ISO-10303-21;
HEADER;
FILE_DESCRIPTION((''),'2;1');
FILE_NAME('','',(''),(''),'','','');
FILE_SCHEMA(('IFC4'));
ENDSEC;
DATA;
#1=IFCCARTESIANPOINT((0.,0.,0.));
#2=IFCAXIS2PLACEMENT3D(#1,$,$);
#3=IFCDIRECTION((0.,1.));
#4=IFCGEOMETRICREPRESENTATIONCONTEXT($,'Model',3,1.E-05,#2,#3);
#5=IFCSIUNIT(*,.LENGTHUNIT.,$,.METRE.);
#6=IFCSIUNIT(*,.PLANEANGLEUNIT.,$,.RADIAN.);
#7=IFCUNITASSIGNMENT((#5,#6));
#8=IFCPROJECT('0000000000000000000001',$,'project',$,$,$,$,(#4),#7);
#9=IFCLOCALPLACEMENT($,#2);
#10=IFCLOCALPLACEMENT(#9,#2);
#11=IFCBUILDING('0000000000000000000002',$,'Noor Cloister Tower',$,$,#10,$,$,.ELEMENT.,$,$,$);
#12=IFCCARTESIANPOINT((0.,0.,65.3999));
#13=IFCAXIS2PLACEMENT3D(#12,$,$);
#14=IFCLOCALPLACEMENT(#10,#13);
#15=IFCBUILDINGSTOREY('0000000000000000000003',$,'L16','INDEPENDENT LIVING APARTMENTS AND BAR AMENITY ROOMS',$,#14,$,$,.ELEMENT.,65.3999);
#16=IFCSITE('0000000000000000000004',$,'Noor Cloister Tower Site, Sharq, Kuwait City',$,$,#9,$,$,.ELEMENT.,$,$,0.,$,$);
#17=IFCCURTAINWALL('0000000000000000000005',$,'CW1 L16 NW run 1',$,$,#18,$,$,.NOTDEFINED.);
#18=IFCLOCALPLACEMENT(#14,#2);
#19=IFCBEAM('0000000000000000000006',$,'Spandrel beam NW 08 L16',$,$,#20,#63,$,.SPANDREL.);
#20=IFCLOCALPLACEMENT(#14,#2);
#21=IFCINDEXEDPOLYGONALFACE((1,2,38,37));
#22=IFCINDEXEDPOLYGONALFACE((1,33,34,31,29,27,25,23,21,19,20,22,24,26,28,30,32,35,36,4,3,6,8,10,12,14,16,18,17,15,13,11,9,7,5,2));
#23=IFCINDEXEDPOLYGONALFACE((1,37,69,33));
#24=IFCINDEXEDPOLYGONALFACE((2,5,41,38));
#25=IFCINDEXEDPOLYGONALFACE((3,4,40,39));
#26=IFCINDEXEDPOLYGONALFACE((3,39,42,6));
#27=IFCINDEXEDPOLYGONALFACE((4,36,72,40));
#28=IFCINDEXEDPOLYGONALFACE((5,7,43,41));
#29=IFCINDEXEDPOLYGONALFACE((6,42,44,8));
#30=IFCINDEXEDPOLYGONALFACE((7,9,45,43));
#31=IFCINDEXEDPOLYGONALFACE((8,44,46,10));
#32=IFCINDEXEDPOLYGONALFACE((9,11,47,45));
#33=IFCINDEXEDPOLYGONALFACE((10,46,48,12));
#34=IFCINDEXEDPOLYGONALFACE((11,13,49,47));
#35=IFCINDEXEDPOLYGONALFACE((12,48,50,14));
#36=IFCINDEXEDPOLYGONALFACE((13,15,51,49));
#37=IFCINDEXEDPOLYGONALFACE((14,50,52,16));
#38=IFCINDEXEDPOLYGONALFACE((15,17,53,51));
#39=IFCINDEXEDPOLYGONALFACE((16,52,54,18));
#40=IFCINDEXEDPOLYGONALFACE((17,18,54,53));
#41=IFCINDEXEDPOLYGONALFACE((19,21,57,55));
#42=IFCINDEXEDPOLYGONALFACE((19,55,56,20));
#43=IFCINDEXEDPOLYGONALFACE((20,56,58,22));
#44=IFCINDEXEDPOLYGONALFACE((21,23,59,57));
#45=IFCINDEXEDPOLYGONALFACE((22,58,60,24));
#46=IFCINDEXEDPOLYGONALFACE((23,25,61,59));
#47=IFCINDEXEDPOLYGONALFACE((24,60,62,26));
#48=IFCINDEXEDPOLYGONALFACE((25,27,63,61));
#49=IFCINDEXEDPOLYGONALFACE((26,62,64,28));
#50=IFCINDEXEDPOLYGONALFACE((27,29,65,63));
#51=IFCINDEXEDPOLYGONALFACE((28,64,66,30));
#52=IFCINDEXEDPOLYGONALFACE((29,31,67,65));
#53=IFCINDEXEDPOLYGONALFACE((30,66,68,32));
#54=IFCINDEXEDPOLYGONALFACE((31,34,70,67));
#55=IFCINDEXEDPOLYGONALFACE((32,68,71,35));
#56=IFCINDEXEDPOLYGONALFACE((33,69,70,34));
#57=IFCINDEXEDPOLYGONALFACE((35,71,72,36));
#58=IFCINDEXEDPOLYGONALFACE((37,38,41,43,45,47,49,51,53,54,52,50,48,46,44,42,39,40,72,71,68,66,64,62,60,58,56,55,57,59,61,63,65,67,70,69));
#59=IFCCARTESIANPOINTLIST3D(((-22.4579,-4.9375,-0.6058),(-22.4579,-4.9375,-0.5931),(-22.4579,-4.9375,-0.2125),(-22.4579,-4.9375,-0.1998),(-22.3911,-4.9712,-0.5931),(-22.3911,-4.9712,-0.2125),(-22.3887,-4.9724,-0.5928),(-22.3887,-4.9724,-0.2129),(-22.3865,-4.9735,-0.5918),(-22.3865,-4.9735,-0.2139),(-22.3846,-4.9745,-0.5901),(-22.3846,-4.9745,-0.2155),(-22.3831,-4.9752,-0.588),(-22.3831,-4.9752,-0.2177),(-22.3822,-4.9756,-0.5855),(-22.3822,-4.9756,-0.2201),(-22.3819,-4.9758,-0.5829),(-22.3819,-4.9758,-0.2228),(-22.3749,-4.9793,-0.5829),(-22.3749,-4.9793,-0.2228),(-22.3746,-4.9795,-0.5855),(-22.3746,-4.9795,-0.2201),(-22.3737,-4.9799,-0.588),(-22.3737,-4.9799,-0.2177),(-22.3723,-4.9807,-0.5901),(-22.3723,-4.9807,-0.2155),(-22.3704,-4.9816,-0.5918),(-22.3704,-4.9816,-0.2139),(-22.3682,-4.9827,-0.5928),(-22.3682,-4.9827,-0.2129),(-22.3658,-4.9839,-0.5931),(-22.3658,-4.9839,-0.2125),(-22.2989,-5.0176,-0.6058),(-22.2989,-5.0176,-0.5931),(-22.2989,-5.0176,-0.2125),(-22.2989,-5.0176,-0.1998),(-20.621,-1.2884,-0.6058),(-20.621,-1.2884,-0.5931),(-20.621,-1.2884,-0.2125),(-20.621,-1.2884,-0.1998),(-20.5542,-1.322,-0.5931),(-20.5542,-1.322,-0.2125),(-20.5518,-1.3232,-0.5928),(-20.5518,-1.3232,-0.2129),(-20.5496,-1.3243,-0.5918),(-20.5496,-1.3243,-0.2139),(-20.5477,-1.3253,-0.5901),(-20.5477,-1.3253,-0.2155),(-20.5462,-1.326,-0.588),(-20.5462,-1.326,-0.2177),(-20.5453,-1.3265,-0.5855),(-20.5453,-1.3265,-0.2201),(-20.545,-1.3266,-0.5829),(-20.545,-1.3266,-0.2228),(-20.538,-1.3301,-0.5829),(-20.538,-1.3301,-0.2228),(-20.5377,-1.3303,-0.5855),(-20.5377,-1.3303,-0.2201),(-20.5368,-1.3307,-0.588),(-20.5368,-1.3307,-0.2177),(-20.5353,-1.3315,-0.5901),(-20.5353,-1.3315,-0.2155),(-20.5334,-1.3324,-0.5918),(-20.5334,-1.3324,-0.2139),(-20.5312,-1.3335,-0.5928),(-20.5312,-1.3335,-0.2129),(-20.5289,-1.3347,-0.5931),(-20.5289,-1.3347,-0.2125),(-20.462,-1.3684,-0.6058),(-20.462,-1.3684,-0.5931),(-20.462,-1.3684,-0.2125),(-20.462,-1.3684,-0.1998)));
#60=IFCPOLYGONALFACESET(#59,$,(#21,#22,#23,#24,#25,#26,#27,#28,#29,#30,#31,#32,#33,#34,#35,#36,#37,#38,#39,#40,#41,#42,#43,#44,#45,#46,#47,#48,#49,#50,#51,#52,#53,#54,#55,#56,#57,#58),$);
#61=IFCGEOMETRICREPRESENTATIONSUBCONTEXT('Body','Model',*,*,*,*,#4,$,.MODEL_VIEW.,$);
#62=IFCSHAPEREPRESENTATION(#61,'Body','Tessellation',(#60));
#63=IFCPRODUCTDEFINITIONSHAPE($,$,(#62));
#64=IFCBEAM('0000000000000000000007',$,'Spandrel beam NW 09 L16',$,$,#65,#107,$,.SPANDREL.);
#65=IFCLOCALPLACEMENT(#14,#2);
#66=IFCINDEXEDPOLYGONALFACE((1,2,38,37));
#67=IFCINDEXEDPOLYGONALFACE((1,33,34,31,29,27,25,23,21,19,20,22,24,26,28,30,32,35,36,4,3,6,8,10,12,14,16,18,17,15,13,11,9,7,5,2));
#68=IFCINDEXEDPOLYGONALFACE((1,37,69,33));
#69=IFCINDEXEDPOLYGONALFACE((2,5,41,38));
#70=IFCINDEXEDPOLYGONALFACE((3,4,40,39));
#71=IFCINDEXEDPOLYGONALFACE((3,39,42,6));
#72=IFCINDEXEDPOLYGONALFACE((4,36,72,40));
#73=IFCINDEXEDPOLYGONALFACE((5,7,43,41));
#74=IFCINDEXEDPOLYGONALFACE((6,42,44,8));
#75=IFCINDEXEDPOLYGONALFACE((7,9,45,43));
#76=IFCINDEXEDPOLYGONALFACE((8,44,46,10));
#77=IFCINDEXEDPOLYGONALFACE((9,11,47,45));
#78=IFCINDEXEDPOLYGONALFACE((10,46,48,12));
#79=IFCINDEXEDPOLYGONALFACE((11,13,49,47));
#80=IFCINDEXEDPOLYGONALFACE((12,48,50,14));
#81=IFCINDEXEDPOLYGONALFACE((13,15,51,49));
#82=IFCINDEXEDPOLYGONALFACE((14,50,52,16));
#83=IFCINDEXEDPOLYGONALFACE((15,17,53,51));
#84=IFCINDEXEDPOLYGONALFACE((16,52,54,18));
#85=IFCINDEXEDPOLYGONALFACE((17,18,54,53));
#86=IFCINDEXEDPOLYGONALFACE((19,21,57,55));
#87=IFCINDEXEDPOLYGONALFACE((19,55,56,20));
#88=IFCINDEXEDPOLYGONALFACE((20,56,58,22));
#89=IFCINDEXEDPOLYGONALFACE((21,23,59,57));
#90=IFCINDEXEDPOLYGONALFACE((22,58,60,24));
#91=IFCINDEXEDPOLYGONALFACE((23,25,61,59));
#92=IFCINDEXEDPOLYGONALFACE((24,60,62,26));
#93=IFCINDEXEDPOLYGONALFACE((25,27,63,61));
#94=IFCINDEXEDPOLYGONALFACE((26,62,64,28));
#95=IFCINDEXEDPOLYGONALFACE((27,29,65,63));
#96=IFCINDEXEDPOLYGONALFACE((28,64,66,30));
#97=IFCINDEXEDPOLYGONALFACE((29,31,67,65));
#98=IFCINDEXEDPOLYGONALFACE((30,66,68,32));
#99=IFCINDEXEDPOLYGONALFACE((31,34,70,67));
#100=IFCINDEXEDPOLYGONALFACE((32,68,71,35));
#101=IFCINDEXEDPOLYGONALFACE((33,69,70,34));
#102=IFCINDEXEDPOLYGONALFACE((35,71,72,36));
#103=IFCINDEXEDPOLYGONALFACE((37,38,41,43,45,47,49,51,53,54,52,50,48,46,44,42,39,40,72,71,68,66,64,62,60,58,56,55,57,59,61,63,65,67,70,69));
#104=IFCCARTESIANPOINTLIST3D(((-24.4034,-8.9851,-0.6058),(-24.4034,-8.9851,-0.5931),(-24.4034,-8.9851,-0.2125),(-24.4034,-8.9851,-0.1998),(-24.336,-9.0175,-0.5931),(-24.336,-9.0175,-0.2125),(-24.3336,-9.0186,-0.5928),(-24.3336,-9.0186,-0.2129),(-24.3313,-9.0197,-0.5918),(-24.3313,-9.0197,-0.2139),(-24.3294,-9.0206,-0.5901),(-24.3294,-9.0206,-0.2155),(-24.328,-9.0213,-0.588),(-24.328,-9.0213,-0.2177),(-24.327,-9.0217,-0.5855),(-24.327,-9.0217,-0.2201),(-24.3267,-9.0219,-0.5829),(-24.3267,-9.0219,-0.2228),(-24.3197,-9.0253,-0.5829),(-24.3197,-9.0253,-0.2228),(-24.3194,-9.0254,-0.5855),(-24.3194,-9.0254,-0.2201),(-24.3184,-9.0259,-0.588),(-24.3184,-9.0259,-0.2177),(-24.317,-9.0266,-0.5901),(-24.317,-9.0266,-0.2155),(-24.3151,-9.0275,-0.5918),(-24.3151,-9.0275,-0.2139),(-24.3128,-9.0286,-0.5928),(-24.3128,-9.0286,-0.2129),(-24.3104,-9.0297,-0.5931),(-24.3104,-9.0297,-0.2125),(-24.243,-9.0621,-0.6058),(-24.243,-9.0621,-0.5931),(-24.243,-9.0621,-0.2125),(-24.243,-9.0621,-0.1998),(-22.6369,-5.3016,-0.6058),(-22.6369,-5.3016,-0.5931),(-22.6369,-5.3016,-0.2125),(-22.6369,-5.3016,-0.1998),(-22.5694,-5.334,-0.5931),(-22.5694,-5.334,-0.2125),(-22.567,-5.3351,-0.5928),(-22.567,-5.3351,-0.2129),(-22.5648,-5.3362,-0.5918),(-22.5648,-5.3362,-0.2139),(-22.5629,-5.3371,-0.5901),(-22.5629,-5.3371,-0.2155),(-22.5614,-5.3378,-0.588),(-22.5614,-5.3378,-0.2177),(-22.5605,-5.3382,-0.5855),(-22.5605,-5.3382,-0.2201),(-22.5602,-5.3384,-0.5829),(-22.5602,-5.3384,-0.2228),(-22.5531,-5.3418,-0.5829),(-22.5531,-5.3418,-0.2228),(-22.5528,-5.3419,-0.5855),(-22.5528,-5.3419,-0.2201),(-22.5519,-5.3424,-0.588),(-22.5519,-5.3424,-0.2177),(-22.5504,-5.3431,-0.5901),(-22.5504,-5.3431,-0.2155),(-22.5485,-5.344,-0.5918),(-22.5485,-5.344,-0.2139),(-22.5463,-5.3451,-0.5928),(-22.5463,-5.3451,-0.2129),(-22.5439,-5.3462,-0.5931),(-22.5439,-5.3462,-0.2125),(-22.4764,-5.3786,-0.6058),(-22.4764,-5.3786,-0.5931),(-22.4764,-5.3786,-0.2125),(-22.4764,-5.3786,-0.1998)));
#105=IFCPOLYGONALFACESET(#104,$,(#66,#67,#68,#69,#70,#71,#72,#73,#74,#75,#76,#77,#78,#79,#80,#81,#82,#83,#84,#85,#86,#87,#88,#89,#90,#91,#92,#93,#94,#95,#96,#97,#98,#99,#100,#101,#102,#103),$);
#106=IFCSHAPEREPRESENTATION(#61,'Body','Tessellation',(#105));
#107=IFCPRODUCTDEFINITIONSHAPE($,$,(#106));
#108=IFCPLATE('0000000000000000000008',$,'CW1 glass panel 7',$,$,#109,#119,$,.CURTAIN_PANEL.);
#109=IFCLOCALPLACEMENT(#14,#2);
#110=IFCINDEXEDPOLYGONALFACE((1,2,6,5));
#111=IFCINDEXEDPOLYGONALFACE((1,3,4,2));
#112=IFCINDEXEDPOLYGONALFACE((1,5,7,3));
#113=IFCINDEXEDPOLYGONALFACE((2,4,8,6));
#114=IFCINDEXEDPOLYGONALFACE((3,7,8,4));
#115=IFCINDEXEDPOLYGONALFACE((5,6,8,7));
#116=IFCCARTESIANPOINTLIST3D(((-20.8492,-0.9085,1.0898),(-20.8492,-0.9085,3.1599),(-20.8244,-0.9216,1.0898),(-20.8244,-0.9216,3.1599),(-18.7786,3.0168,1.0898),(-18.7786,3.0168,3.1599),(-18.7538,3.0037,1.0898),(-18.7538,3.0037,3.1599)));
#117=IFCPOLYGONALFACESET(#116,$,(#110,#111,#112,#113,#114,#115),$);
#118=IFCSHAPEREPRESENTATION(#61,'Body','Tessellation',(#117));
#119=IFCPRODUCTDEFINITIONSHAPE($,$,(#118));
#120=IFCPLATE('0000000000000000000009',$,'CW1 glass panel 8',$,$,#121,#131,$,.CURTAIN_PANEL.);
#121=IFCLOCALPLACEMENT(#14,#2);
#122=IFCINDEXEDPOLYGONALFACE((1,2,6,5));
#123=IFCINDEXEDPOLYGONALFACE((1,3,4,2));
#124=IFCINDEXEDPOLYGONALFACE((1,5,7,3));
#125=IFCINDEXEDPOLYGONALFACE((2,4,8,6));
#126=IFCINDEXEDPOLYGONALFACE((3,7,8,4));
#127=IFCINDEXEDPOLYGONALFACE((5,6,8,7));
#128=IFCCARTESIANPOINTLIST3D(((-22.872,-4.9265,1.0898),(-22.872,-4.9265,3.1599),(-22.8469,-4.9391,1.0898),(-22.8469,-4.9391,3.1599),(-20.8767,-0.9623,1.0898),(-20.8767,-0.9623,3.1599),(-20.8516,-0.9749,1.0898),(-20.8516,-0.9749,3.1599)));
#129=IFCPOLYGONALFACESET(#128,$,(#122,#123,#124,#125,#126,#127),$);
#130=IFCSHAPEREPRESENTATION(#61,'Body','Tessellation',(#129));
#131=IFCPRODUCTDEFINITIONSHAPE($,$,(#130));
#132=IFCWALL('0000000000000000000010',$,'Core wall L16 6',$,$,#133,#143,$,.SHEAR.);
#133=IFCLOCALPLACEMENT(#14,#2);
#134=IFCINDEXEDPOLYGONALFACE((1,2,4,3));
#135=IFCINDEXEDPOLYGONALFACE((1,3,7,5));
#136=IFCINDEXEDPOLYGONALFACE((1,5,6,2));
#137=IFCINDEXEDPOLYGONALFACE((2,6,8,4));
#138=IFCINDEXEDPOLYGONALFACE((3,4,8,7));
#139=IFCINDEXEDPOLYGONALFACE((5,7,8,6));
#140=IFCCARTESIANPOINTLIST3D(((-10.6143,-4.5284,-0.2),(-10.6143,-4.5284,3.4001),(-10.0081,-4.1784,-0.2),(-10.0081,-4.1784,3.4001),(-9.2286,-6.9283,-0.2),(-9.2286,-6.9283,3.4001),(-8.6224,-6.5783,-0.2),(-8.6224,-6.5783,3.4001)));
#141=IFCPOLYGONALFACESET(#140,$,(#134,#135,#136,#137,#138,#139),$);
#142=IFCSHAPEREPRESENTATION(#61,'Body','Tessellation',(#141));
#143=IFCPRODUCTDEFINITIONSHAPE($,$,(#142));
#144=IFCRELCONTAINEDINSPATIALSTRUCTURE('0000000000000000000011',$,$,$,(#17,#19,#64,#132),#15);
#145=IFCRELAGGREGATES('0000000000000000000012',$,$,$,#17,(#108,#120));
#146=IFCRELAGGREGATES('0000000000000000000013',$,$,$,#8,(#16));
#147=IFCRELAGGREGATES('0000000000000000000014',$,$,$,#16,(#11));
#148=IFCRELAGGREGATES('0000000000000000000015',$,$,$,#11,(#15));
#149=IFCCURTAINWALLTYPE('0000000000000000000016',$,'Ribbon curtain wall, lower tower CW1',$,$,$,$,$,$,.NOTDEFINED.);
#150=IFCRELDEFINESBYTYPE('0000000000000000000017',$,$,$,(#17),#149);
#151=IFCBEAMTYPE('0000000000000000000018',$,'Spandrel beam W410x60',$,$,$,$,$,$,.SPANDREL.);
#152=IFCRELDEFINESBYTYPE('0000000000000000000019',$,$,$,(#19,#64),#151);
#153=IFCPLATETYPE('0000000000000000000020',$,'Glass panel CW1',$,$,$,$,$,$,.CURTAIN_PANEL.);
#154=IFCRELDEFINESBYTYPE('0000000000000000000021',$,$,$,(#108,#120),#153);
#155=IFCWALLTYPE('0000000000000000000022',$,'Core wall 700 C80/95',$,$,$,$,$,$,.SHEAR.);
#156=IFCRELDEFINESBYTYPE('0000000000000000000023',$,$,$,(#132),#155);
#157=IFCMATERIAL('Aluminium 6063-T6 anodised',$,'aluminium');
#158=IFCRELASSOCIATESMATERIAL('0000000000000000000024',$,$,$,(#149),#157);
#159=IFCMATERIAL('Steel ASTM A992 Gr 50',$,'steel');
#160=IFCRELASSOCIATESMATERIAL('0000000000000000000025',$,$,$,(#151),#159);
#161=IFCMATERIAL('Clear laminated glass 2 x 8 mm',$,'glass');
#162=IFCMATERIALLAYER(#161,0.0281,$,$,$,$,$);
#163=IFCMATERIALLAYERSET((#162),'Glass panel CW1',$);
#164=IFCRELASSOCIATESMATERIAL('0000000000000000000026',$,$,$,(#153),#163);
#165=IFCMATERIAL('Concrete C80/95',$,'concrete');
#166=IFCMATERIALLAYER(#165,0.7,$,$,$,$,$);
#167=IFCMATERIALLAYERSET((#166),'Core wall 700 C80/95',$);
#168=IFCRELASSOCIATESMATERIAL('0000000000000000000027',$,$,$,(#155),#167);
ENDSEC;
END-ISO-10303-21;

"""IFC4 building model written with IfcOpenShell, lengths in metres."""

from ifc_helpers import new_model, si_unit, direction, frame, frame_2d, origin, origin_2d, place, context, subcontext, project, spatial, rectangle, i_section, extrude, material, layer, layer_set, material_profile, profile_set, type_object, element, aggregate, save


model = new_model("IFC4")

# Units and contexts
model_context = context("Model", 3, precision=1e-05, world=origin(), true_north=direction((0.0, 1.0)))
body_context = subcontext(model_context, "Body", "Model", "MODEL_VIEW")
ifc_project = project(units=[si_unit("LENGTHUNIT", "METRE"), si_unit("PLANEANGLEUNIT", "RADIAN")], contexts=[model_context])

# Site, building, storey
site_placement = place(None, origin())
site = spatial("IfcSite", under=ifc_project, at=site_placement, Name="Noor Cloister Tower Site, Sharq, Kuwait City", CompositionType="ELEMENT", RefElevation=0.0)
building_placement = place(site_placement, origin())
building = spatial("IfcBuilding", under=site, at=building_placement, Name="Noor Cloister Tower", CompositionType="ELEMENT")
storey_placement = place(building_placement, frame((0.0, 0.0, 65.3999)))
storey = spatial("IfcBuildingStorey", under=building, at=storey_placement, Name="L16", Description="INDEPENDENT LIVING APARTMENTS AND BAR AMENITY ROOMS", CompositionType="ELEMENT", Elevation=65.3999)

# Curtain wall
ifc_material_1 = material(Name="Aluminium 6063-T6 anodised", Category="aluminium")
curtain_wall_type = type_object("IfcCurtainWallType", Name="Ribbon curtain wall, lower tower CW1", PredefinedType="NOTDEFINED", material=ifc_material_1)
curtain_wall_placement = place(storey_placement, origin())
curtain_wall = element("IfcCurtainWall", 1, at=curtain_wall_placement, inside=storey, type_object=curtain_wall_type, Name="CW1 L16 NW run 1", PredefinedType="NOTDEFINED")

# Beams
ifc_material_2 = material(Name="Steel ASTM A992 Gr 50", Category="steel")
ifc_material_profile_1 = material_profile(ifc_material_2, i_section(OverallWidth=0.178, OverallDepth=0.406, WebThickness=0.0078, FlangeThickness=0.0127, FilletRadius=0.0103, at=origin_2d()), Name="W410x60")
ifc_profile_set_1 = profile_set([ifc_material_profile_1], Name="Steel ASTM A992 Gr 50")
beam_type_1 = type_object("IfcBeamType", Name="Spandrel beam W410x60", PredefinedType="SPANDREL", material=ifc_profile_set_1)
for number, where, z_axis, x_axis, name in (
    (2, (-20.5415, -1.3284, -0.4028), (-0.449626, -0.893217, 0.0), (0.893217, -0.449626, 0.0), "Spandrel beam NW 08 L16"),
):
    element("IfcBeam", number, at=place(storey_placement, frame(where, z_axis=z_axis, x_axis=x_axis)), inside=storey, type_object=beam_type_1, Name=name, PredefinedType="SPANDREL", context=body_context, shape_type="SweptSolid", body=[
        extrude(i_section(OverallWidth=0.178, OverallDepth=0.406, WebThickness=0.0078, FlangeThickness=0.0127, FilletRadius=0.0103, at=origin_2d()), origin(), (0.0, 0.0, 1.0), 4.0854),
    ])
beam_1_placement = place(storey_placement, frame((-22.5566, -5.3401, -0.4028), z_axis=(-0.432428, -0.901668, 0.0), x_axis=(0.901668, -0.432428, 0.0)))
element("IfcBeam", 3, at=beam_1_placement, inside=storey, type_object=beam_type_1, Name="Spandrel beam NW 09 L16", PredefinedType="SPANDREL", context=body_context, shape_type="SweptSolid", body=[
    extrude(i_section(OverallWidth=0.178, OverallDepth=0.406, WebThickness=0.0078, FlangeThickness=0.0127, FilletRadius=0.0103, at=origin_2d()), origin(), (0.0, 0.0, 1.0), 4.0852),
])

# Plates
ifc_material_3 = material(Name="Clear laminated glass 2 x 8 mm", Category="glass")
ifc_layer_1 = layer(ifc_material_3, 0.0281)
ifc_layer_set_1 = layer_set([ifc_layer_1], Name="Glass panel CW1")
plate_type = type_object("IfcPlateType", Name="Glass panel CW1", PredefinedType="CURTAIN_PANEL", material=ifc_layer_set_1)
plate_1_placement = place(storey_placement, frame((-19.8015, 1.0476, 1.0898), z_axis=(0.0, 0.0, 1.0), x_axis=(-0.466568, -0.884486, 0.0)))
plate_1 = element("IfcPlate", 4, at=plate_1_placement, type_object=plate_type, Name="CW1 glass panel 7", PredefinedType="CURTAIN_PANEL", context=body_context, shape_type="SweptSolid", body=[
    extrude(rectangle(XDim=4.438, YDim=0.0281, at=origin_2d()), origin(), (0.0, 0.0, 1.0), 2.0701),
])
plate_2_placement = place(storey_placement, frame((-21.8618, -2.9507, 1.0898), z_axis=(0.0, 0.0, 1.0), x_axis=(-0.449593, -0.893233, 0.0)))
plate_2 = element("IfcPlate", 5, at=plate_2_placement, type_object=plate_type, Name="CW1 glass panel 8", PredefinedType="CURTAIN_PANEL", context=body_context, shape_type="SweptSolid", body=[
    extrude(rectangle(XDim=4.438, YDim=0.0281, at=origin_2d()), origin(), (0.0, 0.0, 1.0), 2.0701),
])
aggregate(curtain_wall, [plate_1, plate_2])

# Wall
ifc_material_4 = material(Name="Concrete C80/95", Category="concrete")
ifc_layer_2 = layer(ifc_material_4, 0.7)
ifc_layer_set_2 = layer_set([ifc_layer_2], Name="Core wall 700 C80/95")
wall_type_1 = type_object("IfcWallType", Name="Core wall 700 C80/95", PredefinedType="SHEAR", material=ifc_layer_set_2)
wall_1_placement = place(storey_placement, frame((-10.3113, -4.3533, -0.2), z_axis=(0.0, 0.0, 1.0), x_axis=(0.500043, -0.866001, 0.0)))
element("IfcWall", 6, at=wall_1_placement, inside=storey, type_object=wall_type_1, Name="Core wall L16 6", PredefinedType="SHEAR", context=body_context, shape_type="SweptSolid", body=[
    extrude(rectangle(XDim=2.7712, YDim=0.7, at=frame_2d((1.3857, 0.0))), origin(), (0.0, 0.0, 1.0), 3.6001),
])

save(model, "model.ifc")
